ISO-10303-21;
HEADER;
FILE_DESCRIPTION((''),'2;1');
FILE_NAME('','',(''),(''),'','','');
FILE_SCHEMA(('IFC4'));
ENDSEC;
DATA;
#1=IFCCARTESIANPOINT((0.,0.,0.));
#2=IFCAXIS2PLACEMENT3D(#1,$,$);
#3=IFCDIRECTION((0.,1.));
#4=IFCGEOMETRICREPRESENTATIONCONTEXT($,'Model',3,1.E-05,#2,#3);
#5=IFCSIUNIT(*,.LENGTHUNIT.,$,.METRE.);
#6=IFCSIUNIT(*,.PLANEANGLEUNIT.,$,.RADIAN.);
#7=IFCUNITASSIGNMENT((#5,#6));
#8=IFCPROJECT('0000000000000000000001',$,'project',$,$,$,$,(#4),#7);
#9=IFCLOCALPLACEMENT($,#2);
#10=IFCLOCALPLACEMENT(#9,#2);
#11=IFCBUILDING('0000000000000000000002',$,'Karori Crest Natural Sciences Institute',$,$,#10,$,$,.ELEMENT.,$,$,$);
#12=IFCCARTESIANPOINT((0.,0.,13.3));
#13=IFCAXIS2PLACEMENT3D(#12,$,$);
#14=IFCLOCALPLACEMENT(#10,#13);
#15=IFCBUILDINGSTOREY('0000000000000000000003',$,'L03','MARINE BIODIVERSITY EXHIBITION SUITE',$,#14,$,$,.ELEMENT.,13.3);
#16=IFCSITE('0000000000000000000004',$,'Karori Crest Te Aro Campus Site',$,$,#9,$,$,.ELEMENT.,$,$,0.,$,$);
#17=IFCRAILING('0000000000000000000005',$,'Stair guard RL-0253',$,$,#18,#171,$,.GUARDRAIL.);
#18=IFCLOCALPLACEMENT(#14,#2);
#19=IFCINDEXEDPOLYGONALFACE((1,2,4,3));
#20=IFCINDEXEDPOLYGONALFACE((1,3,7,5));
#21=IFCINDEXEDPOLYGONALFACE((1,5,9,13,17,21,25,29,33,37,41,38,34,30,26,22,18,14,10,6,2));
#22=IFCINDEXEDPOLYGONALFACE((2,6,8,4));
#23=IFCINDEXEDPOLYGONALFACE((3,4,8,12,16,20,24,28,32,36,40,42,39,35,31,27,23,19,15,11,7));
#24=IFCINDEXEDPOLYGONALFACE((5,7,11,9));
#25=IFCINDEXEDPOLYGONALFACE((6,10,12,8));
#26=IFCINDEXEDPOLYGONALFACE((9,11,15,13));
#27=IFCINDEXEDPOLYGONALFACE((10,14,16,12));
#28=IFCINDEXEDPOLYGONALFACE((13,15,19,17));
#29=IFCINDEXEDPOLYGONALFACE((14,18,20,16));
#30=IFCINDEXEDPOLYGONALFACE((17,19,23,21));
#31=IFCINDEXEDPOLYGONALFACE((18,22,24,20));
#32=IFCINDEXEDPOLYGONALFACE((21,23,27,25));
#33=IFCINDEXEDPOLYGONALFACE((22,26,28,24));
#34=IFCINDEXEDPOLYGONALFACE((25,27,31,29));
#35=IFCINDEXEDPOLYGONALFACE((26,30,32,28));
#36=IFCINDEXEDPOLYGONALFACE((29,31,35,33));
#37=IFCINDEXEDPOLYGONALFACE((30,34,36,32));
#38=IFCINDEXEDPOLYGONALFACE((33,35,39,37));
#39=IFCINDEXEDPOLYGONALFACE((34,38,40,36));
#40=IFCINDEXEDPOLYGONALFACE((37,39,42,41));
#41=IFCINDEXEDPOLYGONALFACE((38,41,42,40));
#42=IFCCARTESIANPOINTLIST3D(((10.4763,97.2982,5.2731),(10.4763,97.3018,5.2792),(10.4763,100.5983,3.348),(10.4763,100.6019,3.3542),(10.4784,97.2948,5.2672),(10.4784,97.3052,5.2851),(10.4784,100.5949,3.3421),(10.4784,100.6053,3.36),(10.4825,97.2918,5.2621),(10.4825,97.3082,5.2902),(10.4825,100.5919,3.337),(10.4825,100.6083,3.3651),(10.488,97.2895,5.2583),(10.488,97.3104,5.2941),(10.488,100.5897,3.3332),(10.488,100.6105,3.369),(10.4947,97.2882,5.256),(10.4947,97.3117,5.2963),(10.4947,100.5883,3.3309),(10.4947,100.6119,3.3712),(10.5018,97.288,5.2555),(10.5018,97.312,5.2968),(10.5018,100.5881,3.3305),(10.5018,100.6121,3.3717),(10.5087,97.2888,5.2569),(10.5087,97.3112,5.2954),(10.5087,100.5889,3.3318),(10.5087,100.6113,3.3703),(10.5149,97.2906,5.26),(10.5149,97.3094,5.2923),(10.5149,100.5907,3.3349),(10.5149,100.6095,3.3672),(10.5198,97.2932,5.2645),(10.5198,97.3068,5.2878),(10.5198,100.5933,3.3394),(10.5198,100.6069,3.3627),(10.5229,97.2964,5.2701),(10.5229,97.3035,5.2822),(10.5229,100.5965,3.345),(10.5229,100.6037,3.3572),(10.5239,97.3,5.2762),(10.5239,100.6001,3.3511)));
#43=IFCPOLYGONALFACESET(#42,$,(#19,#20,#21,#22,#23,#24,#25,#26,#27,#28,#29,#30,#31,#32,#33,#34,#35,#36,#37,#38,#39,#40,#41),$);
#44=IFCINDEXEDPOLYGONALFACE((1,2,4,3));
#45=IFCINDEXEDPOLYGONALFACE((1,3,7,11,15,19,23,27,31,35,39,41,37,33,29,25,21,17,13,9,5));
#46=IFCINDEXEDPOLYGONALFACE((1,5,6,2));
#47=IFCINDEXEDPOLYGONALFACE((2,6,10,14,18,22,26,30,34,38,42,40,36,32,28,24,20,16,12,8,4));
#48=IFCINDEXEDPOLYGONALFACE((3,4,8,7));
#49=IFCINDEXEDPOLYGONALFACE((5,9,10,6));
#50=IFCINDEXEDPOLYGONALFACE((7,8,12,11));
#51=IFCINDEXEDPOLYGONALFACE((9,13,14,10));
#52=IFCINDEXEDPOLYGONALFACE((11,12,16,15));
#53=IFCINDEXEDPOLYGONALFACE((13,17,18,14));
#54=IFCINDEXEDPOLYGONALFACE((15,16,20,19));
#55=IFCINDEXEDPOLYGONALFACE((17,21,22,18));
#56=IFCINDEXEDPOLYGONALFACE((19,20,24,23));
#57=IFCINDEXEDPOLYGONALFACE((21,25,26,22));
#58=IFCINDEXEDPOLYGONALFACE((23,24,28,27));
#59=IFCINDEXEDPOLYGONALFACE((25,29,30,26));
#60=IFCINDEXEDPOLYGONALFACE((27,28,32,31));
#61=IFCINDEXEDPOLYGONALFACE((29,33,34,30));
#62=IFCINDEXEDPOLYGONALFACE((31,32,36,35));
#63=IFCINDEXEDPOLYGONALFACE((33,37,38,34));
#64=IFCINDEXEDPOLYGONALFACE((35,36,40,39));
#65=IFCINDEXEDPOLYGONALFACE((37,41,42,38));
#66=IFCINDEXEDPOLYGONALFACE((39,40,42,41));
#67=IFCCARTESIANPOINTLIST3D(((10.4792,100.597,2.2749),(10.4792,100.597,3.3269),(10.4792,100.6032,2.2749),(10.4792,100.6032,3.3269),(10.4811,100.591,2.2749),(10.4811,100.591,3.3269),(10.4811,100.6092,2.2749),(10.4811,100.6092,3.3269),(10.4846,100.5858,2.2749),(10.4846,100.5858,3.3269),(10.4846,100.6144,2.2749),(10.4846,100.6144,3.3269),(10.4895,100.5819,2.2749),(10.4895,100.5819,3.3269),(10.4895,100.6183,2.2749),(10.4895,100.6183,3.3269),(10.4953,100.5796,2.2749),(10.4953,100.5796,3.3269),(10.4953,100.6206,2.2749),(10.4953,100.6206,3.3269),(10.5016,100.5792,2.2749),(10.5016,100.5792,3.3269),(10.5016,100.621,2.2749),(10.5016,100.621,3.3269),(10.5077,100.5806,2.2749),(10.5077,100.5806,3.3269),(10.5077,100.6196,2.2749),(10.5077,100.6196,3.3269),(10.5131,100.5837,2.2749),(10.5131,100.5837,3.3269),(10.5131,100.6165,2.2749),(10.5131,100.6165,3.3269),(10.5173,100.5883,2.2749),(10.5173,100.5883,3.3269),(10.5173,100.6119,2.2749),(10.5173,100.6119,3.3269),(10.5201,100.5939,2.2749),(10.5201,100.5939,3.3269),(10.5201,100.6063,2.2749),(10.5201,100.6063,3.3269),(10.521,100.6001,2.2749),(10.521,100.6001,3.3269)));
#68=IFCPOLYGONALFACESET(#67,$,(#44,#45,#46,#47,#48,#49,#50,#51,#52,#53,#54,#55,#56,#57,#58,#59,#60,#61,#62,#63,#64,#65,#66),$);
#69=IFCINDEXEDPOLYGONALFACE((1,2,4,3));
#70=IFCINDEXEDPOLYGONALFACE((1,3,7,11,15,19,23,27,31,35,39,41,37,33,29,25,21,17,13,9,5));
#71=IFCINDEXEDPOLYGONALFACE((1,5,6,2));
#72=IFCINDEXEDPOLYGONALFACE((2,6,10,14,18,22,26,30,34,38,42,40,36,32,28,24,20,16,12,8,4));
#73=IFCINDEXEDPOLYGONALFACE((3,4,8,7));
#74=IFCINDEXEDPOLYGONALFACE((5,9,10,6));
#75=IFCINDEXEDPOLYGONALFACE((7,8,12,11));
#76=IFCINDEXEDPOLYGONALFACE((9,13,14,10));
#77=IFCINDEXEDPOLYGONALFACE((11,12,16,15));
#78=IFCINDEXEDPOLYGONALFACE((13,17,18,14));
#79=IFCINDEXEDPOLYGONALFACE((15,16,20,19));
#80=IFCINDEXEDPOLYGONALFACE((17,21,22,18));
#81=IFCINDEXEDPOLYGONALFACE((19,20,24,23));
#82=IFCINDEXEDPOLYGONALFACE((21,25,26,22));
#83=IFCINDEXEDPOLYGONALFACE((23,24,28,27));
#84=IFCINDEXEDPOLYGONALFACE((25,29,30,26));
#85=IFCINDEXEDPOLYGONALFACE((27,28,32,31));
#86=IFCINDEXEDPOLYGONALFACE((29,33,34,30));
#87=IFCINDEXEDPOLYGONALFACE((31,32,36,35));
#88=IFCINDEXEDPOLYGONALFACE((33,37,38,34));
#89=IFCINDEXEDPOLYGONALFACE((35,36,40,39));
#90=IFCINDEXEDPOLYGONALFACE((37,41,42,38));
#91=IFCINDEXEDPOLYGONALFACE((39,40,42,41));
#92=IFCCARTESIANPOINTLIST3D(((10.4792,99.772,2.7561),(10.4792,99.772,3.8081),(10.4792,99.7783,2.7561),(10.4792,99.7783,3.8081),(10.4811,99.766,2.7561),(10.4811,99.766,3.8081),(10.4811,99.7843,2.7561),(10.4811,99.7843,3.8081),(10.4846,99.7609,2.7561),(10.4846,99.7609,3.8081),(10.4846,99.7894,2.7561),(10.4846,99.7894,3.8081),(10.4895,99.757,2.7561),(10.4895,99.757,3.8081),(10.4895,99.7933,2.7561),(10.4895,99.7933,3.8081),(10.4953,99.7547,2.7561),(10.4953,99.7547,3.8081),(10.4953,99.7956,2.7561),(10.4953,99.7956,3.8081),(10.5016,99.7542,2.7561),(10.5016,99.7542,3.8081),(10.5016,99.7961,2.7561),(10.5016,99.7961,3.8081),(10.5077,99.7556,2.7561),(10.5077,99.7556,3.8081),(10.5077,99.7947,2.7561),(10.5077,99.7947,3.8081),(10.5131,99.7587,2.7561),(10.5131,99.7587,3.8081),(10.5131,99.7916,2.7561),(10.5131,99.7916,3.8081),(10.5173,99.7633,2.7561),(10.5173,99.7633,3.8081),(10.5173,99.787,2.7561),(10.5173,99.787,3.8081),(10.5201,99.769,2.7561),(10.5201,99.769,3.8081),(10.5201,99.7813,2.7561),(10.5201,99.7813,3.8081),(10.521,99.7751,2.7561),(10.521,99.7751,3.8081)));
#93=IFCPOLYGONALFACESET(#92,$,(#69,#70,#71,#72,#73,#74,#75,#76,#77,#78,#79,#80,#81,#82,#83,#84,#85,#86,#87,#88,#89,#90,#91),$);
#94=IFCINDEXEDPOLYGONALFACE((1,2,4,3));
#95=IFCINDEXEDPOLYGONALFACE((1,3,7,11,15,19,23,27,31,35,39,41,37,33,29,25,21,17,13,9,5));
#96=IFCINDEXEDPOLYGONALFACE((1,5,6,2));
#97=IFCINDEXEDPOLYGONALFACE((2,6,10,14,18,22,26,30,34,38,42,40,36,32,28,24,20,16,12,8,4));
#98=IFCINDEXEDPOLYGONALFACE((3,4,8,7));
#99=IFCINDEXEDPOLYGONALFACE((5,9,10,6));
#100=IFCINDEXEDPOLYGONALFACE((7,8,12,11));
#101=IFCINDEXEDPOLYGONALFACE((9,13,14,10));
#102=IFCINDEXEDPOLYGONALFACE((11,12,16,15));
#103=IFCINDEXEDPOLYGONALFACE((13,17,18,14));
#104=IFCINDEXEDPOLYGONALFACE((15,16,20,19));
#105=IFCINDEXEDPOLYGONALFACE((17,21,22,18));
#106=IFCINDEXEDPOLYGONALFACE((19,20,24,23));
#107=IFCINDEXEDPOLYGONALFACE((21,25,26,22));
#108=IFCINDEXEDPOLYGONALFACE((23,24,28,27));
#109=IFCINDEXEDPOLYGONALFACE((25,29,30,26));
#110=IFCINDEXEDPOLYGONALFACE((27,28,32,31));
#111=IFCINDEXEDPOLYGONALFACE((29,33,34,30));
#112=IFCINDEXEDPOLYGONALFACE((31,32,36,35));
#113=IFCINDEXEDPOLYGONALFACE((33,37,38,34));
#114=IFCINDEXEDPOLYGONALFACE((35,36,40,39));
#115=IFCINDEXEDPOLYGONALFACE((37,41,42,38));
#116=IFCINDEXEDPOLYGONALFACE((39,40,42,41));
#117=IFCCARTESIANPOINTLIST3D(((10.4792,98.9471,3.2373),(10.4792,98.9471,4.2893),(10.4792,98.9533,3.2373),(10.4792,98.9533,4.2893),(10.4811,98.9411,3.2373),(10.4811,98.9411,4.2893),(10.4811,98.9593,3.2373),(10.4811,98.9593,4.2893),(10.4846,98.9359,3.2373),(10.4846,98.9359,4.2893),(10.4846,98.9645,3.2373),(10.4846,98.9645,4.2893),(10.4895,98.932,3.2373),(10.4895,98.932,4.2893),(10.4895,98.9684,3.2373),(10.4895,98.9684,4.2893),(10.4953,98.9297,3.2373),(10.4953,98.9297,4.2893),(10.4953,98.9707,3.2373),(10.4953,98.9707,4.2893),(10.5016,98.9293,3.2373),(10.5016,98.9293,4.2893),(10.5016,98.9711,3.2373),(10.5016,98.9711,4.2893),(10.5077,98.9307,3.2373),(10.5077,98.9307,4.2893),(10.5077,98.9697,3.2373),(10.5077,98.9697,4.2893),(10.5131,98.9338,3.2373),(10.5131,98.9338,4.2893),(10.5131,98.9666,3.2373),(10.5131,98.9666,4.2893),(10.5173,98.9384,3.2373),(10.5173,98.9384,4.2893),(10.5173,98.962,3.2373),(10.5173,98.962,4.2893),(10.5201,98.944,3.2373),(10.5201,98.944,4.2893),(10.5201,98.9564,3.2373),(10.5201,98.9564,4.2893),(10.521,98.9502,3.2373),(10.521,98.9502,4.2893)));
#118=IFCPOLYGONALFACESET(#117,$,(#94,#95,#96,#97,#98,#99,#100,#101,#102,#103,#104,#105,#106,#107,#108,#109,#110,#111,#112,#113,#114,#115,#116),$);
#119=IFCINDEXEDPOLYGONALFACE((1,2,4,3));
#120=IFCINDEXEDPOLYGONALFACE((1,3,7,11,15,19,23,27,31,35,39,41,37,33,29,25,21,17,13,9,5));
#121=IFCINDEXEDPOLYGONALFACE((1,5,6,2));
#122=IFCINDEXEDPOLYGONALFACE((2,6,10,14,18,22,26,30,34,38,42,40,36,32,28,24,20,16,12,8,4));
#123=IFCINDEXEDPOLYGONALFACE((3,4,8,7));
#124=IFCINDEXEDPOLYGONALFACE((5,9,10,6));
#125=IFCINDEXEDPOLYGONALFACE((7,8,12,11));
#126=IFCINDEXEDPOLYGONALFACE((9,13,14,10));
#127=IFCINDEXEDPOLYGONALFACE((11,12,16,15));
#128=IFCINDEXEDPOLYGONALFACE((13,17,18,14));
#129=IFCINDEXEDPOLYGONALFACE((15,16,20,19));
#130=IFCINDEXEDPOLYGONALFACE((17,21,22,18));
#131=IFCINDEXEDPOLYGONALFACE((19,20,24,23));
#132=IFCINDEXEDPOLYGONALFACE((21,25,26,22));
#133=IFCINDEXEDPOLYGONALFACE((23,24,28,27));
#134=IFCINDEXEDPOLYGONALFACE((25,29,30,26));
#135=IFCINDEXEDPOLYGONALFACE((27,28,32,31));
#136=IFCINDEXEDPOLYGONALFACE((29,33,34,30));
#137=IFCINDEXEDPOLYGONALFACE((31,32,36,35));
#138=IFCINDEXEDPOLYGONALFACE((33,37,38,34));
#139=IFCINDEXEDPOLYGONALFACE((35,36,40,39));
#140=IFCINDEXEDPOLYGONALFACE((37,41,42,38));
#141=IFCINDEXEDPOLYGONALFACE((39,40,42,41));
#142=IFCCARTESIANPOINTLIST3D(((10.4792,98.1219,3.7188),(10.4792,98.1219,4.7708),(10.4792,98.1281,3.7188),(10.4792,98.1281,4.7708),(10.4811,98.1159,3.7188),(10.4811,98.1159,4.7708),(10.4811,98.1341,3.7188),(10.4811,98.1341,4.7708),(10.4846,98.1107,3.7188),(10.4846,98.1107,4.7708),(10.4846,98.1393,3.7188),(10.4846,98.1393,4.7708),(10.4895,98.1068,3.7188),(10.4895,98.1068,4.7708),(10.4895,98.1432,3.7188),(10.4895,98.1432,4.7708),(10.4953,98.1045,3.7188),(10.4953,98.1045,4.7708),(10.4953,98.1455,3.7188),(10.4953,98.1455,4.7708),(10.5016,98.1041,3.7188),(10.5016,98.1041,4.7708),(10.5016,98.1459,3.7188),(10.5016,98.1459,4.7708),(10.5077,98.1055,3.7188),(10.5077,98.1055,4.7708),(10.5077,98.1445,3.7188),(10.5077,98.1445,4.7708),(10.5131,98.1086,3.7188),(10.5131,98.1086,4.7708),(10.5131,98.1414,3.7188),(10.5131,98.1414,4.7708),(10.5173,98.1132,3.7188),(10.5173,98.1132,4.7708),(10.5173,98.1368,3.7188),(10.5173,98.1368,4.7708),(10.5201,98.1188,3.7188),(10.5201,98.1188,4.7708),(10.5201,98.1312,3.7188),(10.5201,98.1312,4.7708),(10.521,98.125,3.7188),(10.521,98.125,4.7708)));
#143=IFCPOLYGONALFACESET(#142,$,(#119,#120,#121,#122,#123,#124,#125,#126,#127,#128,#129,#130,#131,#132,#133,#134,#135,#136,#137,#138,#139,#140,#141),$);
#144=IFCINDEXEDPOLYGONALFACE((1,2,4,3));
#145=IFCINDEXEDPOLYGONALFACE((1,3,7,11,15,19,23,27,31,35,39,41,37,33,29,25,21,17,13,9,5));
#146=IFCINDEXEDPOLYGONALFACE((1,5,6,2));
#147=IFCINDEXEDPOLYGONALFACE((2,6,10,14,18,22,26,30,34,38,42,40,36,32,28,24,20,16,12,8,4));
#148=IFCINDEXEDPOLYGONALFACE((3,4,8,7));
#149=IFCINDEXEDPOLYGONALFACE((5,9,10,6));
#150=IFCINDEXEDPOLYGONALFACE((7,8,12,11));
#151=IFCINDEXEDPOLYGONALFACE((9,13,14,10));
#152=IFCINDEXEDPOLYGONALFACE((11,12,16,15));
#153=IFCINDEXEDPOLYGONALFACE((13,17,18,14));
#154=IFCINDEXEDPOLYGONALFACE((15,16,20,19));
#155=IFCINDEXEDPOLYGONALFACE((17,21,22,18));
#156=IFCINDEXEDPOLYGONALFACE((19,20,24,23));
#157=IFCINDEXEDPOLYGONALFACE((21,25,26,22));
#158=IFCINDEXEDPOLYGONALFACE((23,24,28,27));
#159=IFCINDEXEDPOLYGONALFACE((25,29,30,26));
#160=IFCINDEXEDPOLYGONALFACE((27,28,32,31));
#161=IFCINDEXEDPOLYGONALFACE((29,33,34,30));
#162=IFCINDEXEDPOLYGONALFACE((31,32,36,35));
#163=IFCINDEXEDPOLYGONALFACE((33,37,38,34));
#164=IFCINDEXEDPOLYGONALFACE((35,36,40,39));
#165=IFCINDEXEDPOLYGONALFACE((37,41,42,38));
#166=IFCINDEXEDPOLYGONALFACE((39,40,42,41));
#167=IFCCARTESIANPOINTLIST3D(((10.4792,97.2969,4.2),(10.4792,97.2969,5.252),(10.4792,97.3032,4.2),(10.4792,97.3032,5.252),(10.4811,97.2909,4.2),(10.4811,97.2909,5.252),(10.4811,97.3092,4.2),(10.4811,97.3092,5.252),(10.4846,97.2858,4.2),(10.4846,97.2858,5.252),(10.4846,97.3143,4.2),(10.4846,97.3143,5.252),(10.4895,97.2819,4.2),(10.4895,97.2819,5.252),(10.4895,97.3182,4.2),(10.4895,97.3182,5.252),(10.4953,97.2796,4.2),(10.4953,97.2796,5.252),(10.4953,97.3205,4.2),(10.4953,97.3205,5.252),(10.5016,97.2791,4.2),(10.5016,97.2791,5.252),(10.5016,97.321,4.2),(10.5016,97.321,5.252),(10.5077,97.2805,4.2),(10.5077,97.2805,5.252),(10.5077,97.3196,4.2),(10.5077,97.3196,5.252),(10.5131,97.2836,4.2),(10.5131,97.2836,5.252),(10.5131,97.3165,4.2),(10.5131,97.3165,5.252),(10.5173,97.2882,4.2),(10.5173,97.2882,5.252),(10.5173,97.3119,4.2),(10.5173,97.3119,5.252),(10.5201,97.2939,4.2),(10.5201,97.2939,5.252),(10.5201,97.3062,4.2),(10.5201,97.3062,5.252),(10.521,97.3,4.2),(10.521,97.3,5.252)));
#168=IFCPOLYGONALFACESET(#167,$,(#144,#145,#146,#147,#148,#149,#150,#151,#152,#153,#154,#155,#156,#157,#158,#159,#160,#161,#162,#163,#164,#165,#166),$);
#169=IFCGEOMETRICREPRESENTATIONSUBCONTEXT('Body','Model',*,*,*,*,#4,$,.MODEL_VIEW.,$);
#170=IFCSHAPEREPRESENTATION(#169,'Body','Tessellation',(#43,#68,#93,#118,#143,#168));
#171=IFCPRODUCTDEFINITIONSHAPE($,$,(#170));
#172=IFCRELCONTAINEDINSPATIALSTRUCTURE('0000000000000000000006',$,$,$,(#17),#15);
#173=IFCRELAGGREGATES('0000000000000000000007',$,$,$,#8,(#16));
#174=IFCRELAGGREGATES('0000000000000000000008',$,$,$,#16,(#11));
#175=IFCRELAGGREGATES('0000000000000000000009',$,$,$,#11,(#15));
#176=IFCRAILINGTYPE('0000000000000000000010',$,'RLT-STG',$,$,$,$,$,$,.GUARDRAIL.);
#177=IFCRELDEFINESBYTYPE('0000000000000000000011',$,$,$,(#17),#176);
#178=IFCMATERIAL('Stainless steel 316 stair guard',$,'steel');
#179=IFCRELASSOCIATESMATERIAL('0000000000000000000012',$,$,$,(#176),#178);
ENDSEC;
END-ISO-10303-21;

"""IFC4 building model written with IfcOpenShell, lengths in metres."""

from ifc_helpers import new_model, si_unit, direction, frame, origin, origin_2d, place, context, subcontext, project, spatial, circle, extrude, material, type_object, element, save


model = new_model("IFC4")

# Units and contexts
model_context = context("Model", 3, precision=1e-05, world=origin(), true_north=direction((0.0, 1.0)))
body_context = subcontext(model_context, "Body", "Model", "MODEL_VIEW")
ifc_project = project(units=[si_unit("LENGTHUNIT", "METRE"), si_unit("PLANEANGLEUNIT", "RADIAN")], contexts=[model_context])

# Site, building, storey
site_placement = place(None, origin())
site = spatial("IfcSite", under=ifc_project, at=site_placement, Name="Karori Crest Te Aro Campus Site", CompositionType="ELEMENT", RefElevation=0.0)
building_placement = place(site_placement, origin())
building = spatial("IfcBuilding", under=site, at=building_placement, Name="Karori Crest Natural Sciences Institute", CompositionType="ELEMENT")
storey_placement = place(building_placement, frame((0.0, 0.0, 13.3)))
storey = spatial("IfcBuildingStorey", under=building, at=storey_placement, Name="L03", Description="MARINE BIODIVERSITY EXHIBITION SUITE", CompositionType="ELEMENT", Elevation=13.3)

# Railing
ifc_material_1 = material(Name="Stainless steel 316 stair guard", Category="steel")
railing_type_1 = type_object("IfcRailingType", Name="RLT-STG", PredefinedType="GUARDRAIL", material=ifc_material_1)
railing_1_placement = place(storey_placement, frame((10.5, 100.6001, 2.2749)))
element("IfcRailing", 1, at=railing_1_placement, inside=storey, type_object=railing_type_1, Name="Stair guard RL-0253", PredefinedType="GUARDRAIL", context=body_context, shape_type="SweptSolid", body=[
    extrude(circle(Radius=0.0239, at=origin_2d()), frame((0.0, 0.0, 1.0762), z_axis=(0.0, -0.863777, 0.503875), x_axis=(1.0, 0.0, 0.0)), (0.0, 0.0, 1.0), 3.8206),
    extrude(circle(Radius=0.021, at=origin_2d()), origin(), (0.0, 0.0, 1.0), 1.052),
    extrude(circle(Radius=0.021, at=origin_2d()), frame((0.0, -0.825, 0.4812)), (0.0, 0.0, 1.0), 1.052),
    extrude(circle(Radius=0.021, at=origin_2d()), frame((0.0, -1.6499, 0.9624)), (0.0, 0.0, 1.0), 1.052),
    extrude(circle(Radius=0.021, at=origin_2d()), frame((0.0, -2.4751, 1.4438)), (0.0, 0.0, 1.0), 1.052),
    extrude(circle(Radius=0.021, at=origin_2d()), frame((0.0, -3.3, 1.925)), (0.0, 0.0, 1.0), 1.052),
])

save(model, "model.ifc")
